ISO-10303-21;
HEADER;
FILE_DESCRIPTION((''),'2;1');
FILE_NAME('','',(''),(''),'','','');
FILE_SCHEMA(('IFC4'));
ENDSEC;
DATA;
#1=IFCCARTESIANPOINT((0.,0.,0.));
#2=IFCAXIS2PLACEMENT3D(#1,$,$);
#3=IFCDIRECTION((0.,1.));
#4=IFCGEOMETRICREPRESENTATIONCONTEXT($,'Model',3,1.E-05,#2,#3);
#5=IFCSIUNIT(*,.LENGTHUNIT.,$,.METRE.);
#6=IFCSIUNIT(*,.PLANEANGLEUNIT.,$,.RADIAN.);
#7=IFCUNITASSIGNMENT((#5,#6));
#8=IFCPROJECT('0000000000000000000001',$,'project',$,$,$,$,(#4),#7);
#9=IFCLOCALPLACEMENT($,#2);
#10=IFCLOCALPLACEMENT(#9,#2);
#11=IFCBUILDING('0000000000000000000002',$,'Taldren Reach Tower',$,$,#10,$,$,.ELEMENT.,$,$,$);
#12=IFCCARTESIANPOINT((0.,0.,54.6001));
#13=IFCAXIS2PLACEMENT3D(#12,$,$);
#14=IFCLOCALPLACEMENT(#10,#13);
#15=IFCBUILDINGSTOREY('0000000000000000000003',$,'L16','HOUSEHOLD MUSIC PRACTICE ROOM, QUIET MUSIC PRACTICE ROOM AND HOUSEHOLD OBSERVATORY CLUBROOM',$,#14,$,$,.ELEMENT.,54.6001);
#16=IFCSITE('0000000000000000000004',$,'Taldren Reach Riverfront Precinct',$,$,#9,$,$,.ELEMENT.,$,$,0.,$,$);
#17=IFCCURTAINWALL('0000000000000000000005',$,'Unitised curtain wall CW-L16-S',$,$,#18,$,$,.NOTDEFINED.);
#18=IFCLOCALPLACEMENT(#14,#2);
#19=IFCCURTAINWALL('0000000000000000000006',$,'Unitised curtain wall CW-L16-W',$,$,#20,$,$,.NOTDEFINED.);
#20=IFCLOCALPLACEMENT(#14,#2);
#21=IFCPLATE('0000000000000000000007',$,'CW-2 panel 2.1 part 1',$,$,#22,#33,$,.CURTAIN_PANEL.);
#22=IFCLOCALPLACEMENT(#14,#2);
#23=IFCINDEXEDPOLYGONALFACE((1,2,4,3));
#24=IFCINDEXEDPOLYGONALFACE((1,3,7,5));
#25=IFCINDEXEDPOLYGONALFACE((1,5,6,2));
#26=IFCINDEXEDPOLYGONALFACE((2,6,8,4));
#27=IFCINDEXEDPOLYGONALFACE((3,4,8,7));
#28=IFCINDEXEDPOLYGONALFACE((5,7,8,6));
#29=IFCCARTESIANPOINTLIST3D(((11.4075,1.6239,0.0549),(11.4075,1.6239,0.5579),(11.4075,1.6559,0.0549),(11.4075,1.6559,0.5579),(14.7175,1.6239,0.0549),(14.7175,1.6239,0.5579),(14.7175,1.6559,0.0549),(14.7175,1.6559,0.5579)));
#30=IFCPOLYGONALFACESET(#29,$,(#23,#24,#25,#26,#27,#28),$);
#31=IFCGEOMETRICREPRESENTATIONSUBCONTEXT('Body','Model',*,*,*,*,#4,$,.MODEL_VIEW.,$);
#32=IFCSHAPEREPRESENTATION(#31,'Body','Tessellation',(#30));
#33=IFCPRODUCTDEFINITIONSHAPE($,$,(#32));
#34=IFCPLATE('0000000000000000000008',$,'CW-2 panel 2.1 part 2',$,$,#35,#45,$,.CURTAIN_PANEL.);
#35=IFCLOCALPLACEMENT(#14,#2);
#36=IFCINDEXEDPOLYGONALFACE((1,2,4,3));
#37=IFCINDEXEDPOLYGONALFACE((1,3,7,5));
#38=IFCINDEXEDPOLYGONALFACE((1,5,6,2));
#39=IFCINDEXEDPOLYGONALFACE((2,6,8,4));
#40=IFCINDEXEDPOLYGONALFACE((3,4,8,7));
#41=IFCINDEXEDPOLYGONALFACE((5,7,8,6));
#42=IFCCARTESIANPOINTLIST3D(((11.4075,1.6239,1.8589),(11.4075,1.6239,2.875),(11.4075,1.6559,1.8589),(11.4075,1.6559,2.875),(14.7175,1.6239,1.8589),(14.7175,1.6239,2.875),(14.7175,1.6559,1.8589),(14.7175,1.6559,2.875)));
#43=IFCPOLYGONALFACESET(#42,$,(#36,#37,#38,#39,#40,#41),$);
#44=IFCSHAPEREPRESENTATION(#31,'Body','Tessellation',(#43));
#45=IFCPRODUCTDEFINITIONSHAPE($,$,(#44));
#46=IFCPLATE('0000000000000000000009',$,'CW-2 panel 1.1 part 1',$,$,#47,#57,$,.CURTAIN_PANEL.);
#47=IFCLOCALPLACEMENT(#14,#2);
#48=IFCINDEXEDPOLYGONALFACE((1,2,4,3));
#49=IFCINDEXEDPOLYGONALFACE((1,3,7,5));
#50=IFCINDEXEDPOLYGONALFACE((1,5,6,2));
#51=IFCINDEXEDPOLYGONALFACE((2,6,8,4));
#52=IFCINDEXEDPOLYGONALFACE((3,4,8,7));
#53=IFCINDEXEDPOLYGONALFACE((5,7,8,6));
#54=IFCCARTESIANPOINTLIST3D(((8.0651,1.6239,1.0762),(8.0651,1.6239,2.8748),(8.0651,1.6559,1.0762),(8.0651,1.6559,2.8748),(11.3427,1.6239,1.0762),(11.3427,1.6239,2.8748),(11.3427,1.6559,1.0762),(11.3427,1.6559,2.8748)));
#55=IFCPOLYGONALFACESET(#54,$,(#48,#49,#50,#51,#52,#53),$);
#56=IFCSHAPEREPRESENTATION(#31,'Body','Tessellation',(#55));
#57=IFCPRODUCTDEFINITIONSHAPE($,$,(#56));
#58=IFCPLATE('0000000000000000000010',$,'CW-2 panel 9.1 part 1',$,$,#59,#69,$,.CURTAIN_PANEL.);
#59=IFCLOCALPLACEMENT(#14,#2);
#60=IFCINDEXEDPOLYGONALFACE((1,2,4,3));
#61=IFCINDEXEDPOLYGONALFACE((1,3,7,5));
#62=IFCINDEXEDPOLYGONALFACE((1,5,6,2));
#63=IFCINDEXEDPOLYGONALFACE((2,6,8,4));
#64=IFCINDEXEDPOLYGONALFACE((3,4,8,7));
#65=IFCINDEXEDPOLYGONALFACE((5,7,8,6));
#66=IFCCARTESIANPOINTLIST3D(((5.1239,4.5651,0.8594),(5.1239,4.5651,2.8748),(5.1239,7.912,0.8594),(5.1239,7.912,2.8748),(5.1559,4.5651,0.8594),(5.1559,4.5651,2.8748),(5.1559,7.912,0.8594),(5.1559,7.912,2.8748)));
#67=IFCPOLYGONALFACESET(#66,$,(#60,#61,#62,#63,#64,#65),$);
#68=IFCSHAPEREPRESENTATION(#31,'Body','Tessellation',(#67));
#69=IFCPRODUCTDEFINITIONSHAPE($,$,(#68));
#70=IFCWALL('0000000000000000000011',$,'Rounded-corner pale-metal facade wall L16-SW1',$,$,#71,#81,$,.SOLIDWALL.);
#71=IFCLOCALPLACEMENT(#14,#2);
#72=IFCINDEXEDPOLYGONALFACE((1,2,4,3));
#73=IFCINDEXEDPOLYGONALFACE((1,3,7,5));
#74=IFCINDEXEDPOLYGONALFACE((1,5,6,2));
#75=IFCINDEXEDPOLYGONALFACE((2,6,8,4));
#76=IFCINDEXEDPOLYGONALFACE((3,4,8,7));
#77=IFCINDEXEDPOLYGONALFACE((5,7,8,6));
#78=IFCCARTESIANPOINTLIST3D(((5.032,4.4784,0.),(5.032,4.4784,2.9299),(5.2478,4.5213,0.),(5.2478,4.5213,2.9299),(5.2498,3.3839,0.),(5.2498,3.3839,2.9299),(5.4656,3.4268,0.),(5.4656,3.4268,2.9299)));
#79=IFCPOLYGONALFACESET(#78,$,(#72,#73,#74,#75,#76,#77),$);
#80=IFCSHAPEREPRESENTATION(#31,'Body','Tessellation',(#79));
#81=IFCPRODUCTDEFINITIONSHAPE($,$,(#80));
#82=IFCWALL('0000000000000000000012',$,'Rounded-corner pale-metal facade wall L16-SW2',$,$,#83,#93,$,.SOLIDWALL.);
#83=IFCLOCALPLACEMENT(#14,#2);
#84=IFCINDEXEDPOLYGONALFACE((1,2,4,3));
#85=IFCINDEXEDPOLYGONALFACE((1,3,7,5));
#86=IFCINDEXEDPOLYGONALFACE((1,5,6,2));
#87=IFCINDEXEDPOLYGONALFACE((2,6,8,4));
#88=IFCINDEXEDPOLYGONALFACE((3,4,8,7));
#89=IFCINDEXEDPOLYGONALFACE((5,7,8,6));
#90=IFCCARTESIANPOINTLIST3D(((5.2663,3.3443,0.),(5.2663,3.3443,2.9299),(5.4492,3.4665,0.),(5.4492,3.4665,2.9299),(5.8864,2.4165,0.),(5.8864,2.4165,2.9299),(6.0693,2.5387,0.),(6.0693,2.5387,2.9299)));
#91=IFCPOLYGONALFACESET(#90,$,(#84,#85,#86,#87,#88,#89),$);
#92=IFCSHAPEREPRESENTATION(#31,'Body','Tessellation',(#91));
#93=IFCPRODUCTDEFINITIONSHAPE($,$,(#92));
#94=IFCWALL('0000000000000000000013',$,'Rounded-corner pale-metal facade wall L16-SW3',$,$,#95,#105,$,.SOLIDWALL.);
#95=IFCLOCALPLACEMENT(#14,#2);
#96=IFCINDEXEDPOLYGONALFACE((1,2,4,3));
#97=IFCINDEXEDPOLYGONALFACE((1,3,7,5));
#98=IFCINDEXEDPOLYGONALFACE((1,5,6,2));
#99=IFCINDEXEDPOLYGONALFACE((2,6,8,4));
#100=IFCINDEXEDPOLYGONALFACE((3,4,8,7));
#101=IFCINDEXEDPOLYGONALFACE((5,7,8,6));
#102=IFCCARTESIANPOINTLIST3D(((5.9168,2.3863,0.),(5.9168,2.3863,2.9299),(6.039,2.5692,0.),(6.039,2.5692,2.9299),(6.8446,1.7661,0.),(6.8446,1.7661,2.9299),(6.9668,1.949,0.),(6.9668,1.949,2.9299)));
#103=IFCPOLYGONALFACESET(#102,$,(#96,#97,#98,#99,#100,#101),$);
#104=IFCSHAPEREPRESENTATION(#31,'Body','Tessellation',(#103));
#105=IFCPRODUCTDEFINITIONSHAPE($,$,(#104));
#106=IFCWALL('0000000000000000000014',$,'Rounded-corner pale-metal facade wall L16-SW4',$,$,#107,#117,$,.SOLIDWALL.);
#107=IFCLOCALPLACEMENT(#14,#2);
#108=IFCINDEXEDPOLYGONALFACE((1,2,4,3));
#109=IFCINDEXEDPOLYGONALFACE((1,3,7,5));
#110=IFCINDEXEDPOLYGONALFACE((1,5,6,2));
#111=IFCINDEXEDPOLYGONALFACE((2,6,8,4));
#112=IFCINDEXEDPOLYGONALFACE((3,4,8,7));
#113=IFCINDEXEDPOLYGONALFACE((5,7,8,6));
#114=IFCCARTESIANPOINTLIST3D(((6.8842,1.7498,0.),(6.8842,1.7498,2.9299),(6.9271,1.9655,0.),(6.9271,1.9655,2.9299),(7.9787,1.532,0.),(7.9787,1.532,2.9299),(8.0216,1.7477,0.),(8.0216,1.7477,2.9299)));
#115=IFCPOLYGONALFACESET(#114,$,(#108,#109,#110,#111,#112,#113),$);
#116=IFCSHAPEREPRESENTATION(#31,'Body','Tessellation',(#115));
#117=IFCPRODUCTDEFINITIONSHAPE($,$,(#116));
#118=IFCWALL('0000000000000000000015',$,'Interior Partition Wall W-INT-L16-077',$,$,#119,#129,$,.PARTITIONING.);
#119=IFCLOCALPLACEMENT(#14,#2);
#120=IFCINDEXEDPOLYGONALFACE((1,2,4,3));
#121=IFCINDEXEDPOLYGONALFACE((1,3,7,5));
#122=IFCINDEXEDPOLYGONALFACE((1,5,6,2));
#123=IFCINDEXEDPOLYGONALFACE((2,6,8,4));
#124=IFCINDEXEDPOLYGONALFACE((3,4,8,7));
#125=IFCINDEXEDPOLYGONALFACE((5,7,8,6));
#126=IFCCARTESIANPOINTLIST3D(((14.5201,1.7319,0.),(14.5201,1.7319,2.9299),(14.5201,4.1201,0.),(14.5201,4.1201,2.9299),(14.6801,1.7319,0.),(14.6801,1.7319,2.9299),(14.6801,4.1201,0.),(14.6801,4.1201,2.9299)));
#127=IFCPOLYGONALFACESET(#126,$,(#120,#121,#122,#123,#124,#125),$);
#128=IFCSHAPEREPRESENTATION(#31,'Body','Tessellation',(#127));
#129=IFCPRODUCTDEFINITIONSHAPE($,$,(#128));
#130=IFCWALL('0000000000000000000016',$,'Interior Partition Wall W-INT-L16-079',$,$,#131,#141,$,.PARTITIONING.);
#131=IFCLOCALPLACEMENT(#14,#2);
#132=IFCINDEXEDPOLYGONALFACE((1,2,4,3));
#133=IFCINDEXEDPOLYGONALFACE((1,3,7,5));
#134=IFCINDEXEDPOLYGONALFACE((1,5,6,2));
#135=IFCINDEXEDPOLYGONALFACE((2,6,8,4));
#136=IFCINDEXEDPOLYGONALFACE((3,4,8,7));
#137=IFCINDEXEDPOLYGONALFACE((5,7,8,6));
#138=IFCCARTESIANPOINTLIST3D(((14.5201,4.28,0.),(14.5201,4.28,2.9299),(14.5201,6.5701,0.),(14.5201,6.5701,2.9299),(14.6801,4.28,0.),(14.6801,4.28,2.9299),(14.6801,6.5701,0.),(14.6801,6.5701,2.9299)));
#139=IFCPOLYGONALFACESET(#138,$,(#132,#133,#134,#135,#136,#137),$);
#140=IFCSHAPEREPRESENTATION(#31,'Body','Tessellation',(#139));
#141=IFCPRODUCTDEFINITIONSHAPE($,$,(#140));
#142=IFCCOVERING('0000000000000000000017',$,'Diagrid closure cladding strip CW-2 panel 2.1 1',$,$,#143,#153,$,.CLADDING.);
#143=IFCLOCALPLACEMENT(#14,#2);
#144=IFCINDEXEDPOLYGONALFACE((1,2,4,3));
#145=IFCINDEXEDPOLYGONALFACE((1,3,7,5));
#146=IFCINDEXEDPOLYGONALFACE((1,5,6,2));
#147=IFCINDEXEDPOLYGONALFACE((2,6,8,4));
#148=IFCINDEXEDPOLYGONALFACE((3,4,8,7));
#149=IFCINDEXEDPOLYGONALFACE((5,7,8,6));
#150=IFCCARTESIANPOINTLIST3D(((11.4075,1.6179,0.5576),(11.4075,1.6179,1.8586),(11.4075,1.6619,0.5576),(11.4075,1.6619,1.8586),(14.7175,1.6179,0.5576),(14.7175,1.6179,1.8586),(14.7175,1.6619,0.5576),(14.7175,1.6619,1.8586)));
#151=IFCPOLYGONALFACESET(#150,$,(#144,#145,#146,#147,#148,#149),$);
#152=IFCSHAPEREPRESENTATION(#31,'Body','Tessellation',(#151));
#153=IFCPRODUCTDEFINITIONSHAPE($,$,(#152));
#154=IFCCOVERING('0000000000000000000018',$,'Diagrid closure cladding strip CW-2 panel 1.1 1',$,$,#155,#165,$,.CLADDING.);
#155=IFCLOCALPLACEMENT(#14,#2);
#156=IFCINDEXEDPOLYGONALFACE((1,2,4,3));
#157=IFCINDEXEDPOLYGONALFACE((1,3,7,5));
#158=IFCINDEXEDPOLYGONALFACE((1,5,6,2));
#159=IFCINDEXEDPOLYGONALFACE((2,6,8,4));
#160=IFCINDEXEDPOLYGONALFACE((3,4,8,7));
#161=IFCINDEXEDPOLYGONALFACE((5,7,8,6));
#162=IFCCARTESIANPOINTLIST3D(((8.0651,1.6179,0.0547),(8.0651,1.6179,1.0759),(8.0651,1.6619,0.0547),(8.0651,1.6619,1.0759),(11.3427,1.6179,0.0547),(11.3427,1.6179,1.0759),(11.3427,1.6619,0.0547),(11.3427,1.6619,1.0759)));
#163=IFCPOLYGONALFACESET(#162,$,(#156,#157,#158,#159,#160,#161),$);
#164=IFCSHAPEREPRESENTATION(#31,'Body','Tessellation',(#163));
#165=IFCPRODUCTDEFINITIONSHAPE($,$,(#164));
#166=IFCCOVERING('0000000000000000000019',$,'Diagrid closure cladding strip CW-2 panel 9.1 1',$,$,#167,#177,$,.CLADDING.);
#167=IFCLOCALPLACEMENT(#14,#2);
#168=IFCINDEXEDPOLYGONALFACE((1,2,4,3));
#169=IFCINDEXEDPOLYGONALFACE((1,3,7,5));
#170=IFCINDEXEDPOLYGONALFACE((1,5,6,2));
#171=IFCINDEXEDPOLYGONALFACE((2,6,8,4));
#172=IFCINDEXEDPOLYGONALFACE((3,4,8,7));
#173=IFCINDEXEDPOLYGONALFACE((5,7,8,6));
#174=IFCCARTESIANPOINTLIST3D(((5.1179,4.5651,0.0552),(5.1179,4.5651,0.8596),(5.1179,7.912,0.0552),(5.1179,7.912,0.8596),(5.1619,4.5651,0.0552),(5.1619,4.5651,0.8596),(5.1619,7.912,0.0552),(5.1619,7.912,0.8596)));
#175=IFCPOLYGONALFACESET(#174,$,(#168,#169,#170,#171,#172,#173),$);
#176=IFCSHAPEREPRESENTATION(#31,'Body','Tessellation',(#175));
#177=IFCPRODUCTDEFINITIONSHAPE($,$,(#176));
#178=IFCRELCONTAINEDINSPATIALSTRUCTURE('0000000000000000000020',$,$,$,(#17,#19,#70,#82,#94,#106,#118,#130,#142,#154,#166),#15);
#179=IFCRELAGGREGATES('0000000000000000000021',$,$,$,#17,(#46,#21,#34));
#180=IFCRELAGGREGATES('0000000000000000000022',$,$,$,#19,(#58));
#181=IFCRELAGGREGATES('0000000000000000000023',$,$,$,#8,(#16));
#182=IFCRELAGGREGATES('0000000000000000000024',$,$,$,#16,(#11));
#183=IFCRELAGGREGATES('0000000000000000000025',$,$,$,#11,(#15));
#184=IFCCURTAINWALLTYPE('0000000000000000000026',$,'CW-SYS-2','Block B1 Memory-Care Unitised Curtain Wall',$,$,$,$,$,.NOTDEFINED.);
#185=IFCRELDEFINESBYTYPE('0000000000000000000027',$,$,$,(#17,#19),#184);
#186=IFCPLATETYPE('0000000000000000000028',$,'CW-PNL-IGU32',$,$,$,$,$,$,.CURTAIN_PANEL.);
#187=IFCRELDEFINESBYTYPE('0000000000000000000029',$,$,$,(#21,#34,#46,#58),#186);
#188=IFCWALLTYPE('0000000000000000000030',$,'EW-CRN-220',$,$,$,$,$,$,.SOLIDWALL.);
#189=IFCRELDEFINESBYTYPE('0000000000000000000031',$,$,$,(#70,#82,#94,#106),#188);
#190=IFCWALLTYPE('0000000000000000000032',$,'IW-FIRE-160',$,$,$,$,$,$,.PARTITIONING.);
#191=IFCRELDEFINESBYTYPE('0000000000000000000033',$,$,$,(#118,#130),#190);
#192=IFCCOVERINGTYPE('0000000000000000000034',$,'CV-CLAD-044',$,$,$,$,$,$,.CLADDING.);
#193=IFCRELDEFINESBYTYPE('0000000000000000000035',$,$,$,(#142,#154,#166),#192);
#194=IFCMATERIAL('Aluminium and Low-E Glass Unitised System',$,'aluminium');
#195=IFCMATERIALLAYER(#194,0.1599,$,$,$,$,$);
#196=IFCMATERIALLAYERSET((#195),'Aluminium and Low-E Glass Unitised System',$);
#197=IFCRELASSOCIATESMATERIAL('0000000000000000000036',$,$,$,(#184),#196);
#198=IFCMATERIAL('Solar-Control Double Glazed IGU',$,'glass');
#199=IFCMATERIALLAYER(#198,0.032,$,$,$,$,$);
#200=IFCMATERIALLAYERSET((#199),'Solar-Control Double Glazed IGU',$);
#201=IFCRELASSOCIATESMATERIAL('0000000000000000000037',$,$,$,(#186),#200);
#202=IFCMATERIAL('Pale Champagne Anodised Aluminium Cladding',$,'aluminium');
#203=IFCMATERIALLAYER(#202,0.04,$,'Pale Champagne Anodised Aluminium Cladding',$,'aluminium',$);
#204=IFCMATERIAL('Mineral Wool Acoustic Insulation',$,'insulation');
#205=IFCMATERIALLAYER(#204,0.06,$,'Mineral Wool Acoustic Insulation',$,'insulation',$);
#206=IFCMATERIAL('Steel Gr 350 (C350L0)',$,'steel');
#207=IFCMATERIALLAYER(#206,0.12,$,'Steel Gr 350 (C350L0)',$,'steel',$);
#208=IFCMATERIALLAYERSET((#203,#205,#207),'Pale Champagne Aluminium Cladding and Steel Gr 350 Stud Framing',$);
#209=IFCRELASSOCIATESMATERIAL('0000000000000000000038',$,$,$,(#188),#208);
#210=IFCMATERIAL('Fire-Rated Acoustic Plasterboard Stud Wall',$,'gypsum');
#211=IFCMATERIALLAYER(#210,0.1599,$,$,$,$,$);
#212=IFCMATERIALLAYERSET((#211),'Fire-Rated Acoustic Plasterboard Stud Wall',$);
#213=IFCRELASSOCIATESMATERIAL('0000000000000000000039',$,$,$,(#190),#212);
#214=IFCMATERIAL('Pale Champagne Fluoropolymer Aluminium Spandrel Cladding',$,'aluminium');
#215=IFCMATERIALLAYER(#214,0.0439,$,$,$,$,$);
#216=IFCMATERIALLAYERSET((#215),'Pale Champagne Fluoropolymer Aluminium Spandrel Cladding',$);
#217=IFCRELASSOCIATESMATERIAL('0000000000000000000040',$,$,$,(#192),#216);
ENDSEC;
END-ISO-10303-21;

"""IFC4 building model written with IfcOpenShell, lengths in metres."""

from ifc_helpers import new_model, si_unit, direction, frame, frame_2d, origin, origin_2d, place, context, subcontext, project, spatial, rectangle, extrude, source, transform, mapped, material, layer, layer_set, type_object, element, aggregate, save


model = new_model("IFC4")

# Units and contexts
model_context = context("Model", 3, precision=1e-05, world=origin(), true_north=direction((0.0, 1.0)))
body_context = subcontext(model_context, "Body", "Model", "MODEL_VIEW")
ifc_project = project(units=[si_unit("LENGTHUNIT", "METRE"), si_unit("PLANEANGLEUNIT", "RADIAN")], contexts=[model_context])

# Site, building, storey
site_placement = place(None, origin())
site = spatial("IfcSite", under=ifc_project, at=site_placement, Name="Taldren Reach Riverfront Precinct", CompositionType="ELEMENT", RefElevation=0.0)
building_placement = place(site_placement, origin())
building = spatial("IfcBuilding", under=site, at=building_placement, Name="Taldren Reach Tower", CompositionType="ELEMENT")
storey_placement = place(building_placement, frame((0.0, 0.0, 54.6001)))
storey = spatial("IfcBuildingStorey", under=building, at=storey_placement, Name="L16", Description="HOUSEHOLD MUSIC PRACTICE ROOM, QUIET MUSIC PRACTICE ROOM AND HOUSEHOLD OBSERVATORY CLUBROOM", CompositionType="ELEMENT", Elevation=54.6001)

# Shared definitions
ifc_material_1 = material(Name="Steel Gr 350 (C350L0)", Category="steel")

# Curtain wall
ifc_material_2 = material(Name="Aluminium and Low-E Glass Unitised System", Category="aluminium")
ifc_layer_1 = layer(ifc_material_2, 0.1599)
ifc_layer_set_1 = layer_set([ifc_layer_1], Name="Aluminium and Low-E Glass Unitised System")
curtain_wall_type = type_object("IfcCurtainWallType", Name="CW-SYS-2", Description="Block B1 Memory-Care Unitised Curtain Wall", PredefinedType="NOTDEFINED", material=ifc_layer_set_1)
curtain_wall_1_placement = place(storey_placement, origin())
curtain_wall_1 = element("IfcCurtainWall", 1, at=curtain_wall_1_placement, inside=storey, type_object=curtain_wall_type, Name="Unitised curtain wall CW-L16-S", PredefinedType="NOTDEFINED")

# Curtain wall
curtain_wall_2_placement = place(storey_placement, origin())
curtain_wall_2 = element("IfcCurtainWall", 2, at=curtain_wall_2_placement, inside=storey, type_object=curtain_wall_type, Name="Unitised curtain wall CW-L16-W", PredefinedType="NOTDEFINED")

# Plates
ifc_material_3 = material(Name="Solar-Control Double Glazed IGU", Category="glass")
ifc_layer_2 = layer(ifc_material_3, 0.032)
ifc_layer_set_2 = layer_set([ifc_layer_2], Name="Solar-Control Double Glazed IGU")
plate_type_1 = type_object("IfcPlateType", Name="CW-PNL-IGU32", PredefinedType="CURTAIN_PANEL", material=ifc_layer_set_2)
shared_shape_1 = source(origin(), body_context, "Body", "SweptSolid", [
    extrude(rectangle(XDim=3.3101, YDim=0.032, at=origin_2d()), origin(), (0.0, 0.0, 1.0), 0.5029),
])
plate_1_placement = place(storey_placement, frame((13.0625, 1.6399, 0.0549), z_axis=(0.0, 0.0, 1.0), x_axis=(1.0, 0.0, 0.0)))
plate_1 = element("IfcPlate", 3, at=plate_1_placement, type_object=plate_type_1, Name="CW-2 panel 2.1 part 1", PredefinedType="CURTAIN_PANEL", context=body_context, shape_type="MappedRepresentation", body=[
    mapped(shared_shape_1, transform((0.0, 0.0, 0.0), scale=1.0)),
])
shared_shape_2 = source(origin(), body_context, "Body", "SweptSolid", [
    extrude(rectangle(XDim=3.3101, YDim=0.032, at=origin_2d()), origin(), (0.0, 0.0, 1.0), 1.0161),
])
plate_2_placement = place(storey_placement, frame((13.0625, 1.6399, 1.8589), z_axis=(0.0, 0.0, 1.0), x_axis=(1.0, 0.0, 0.0)))
plate_2 = element("IfcPlate", 4, at=plate_2_placement, type_object=plate_type_1, Name="CW-2 panel 2.1 part 2", PredefinedType="CURTAIN_PANEL", context=body_context, shape_type="MappedRepresentation", body=[
    mapped(shared_shape_2, transform((0.0, 0.0, 0.0), scale=1.0)),
])
shared_shape_3 = source(origin(), body_context, "Body", "SweptSolid", [
    extrude(rectangle(XDim=3.2776, YDim=0.032, at=origin_2d()), origin(), (0.0, 0.0, 1.0), 1.7986),
])
plate_3_placement = place(storey_placement, frame((9.7039, 1.6399, 1.0762), z_axis=(0.0, 0.0, 1.0), x_axis=(1.0, 0.0, 0.0)))
plate_3 = element("IfcPlate", 5, at=plate_3_placement, type_object=plate_type_1, Name="CW-2 panel 1.1 part 1", PredefinedType="CURTAIN_PANEL", context=body_context, shape_type="MappedRepresentation", body=[
    mapped(shared_shape_3, transform((0.0, 0.0, 0.0), scale=1.0)),
])
aggregate(curtain_wall_1, [plate_3, plate_1, plate_2])
shared_shape_4 = source(origin(), body_context, "Body", "SweptSolid", [
    extrude(rectangle(XDim=3.3469, YDim=0.032, at=origin_2d()), origin(), (0.0, 0.0, 1.0), 2.0154),
])
plate_4_placement = place(storey_placement, frame((5.1399, 6.2385, 0.8594), z_axis=(0.0, 0.0, 1.0), x_axis=(0.0, -1.0, 0.0)))
plate_4 = element("IfcPlate", 6, at=plate_4_placement, type_object=plate_type_1, Name="CW-2 panel 9.1 part 1", PredefinedType="CURTAIN_PANEL", context=body_context, shape_type="MappedRepresentation", body=[
    mapped(shared_shape_4, transform((0.0, 0.0, 0.0), scale=1.0)),
])
aggregate(curtain_wall_2, [plate_4])

# Walls
ifc_material_4 = material(Name="Pale Champagne Anodised Aluminium Cladding", Category="aluminium")
ifc_layer_3 = layer(ifc_material_4, 0.04, Name="Pale Champagne Anodised Aluminium Cladding", Category="aluminium")
ifc_material_5 = material(Name="Mineral Wool Acoustic Insulation", Category="insulation")
ifc_layer_4 = layer(ifc_material_5, 0.06, Name="Mineral Wool Acoustic Insulation", Category="insulation")
ifc_layer_5 = layer(ifc_material_1, 0.12, Name="Steel Gr 350 (C350L0)", Category="steel")
ifc_layer_set_3 = layer_set([ifc_layer_3, ifc_layer_4, ifc_layer_5], Name="Pale Champagne Aluminium Cladding and Steel Gr 350 Stud Framing")
wall_type_1 = type_object("IfcWallType", Name="EW-CRN-220", PredefinedType="SOLIDWALL", material=ifc_layer_set_3)
shared_shape_5 = source(origin(), body_context, "Body", "SweptSolid", [
    extrude(rectangle(XDim=1.116, YDim=0.22, at=frame_2d((0.5581, 0.0))), origin(), (0.0, 0.0, 1.0), 2.9299),
])
for number, where, z_axis, x_axis, name in (
    (7, (5.1399, 4.5, 0.0), (0.0, 0.0, 1.0), (0.195148, -0.980774, 0.0), "Rounded-corner pale-metal facade wall L16-SW1"),
    (8, (5.3577, 3.4055, 0.0), (0.0, 0.0, 1.0), (0.55571, -0.831377, 0.0), "Rounded-corner pale-metal facade wall L16-SW2"),
    (9, (5.9778, 2.4778, 0.0), (0.0, 0.0, 1.0), (0.831377, -0.55571, 0.0), "Rounded-corner pale-metal facade wall L16-SW3"),
    (10, (6.9055, 1.8577, 0.0), (0.0, 0.0, 1.0), (0.980774, -0.195148, 0.0), "Rounded-corner pale-metal facade wall L16-SW4"),
):
    element("IfcWall", number, at=place(storey_placement, frame(where, z_axis=z_axis, x_axis=x_axis)), inside=storey, type_object=wall_type_1, Name=name, PredefinedType="SOLIDWALL", context=body_context, shape_type="MappedRepresentation", body=[
        mapped(shared_shape_5, transform((0.0, 0.0, 0.0), scale=1.0)),
    ])
ifc_material_6 = material(Name="Fire-Rated Acoustic Plasterboard Stud Wall", Category="gypsum")
ifc_layer_6 = layer(ifc_material_6, 0.1599)
ifc_layer_set_4 = layer_set([ifc_layer_6], Name="Fire-Rated Acoustic Plasterboard Stud Wall")
wall_type_2 = type_object("IfcWallType", Name="IW-FIRE-160", PredefinedType="PARTITIONING", material=ifc_layer_set_4)
shared_shape_6 = source(origin(), body_context, "Body", "SweptSolid", [
    extrude(rectangle(XDim=2.3882, YDim=0.1599, at=frame_2d((1.1941, 0.0))), origin(), (0.0, 0.0, 1.0), 2.9299),
])
wall_1_placement = place(storey_placement, frame((14.6001, 1.7319, 0.0), z_axis=(0.0, 0.0, 1.0), x_axis=(0.0, 1.0, 0.0)))
element("IfcWall", 11, at=wall_1_placement, inside=storey, type_object=wall_type_2, Name="Interior Partition Wall W-INT-L16-077", PredefinedType="PARTITIONING", context=body_context, shape_type="MappedRepresentation", body=[
    mapped(shared_shape_6, transform((0.0, 0.0, 0.0), scale=1.0)),
])
shared_shape_7 = source(origin(), body_context, "Body", "SweptSolid", [
    extrude(rectangle(XDim=2.29, YDim=0.1599, at=frame_2d((1.145, 0.0))), origin(), (0.0, 0.0, 1.0), 2.9299),
])
wall_2_placement = place(storey_placement, frame((14.6001, 4.28, 0.0), z_axis=(0.0, 0.0, 1.0), x_axis=(0.0, 1.0, 0.0)))
element("IfcWall", 12, at=wall_2_placement, inside=storey, type_object=wall_type_2, Name="Interior Partition Wall W-INT-L16-079", PredefinedType="PARTITIONING", context=body_context, shape_type="MappedRepresentation", body=[
    mapped(shared_shape_7, transform((0.0, 0.0, 0.0), scale=1.0)),
])

# Coverings
ifc_material_7 = material(Name="Pale Champagne Fluoropolymer Aluminium Spandrel Cladding", Category="aluminium")
ifc_layer_7 = layer(ifc_material_7, 0.0439)
ifc_layer_set_5 = layer_set([ifc_layer_7], Name="Pale Champagne Fluoropolymer Aluminium Spandrel Cladding")
covering_type = type_object("IfcCoveringType", Name="CV-CLAD-044", PredefinedType="CLADDING", material=ifc_layer_set_5)
shared_shape_8 = source(origin(), body_context, "Body", "SweptSolid", [
    extrude(rectangle(XDim=3.3101, YDim=0.0439, at=origin_2d()), origin(), (0.0, 0.0, 1.0), 1.301),
])
covering_1_placement = place(storey_placement, frame((13.0625, 1.6399, 0.5576), z_axis=(0.0, 0.0, 1.0), x_axis=(1.0, 0.0, 0.0)))
element("IfcCovering", 13, at=covering_1_placement, inside=storey, type_object=covering_type, Name="Diagrid closure cladding strip CW-2 panel 2.1 1", PredefinedType="CLADDING", context=body_context, shape_type="MappedRepresentation", body=[
    mapped(shared_shape_8, transform((0.0, 0.0, 0.0), scale=1.0)),
])
shared_shape_9 = source(origin(), body_context, "Body", "SweptSolid", [
    extrude(rectangle(XDim=3.2776, YDim=0.0439, at=origin_2d()), origin(), (0.0, 0.0, 1.0), 1.0212),
])
covering_2_placement = place(storey_placement, frame((9.7039, 1.6399, 0.0547), z_axis=(0.0, 0.0, 1.0), x_axis=(1.0, 0.0, 0.0)))
element("IfcCovering", 14, at=covering_2_placement, inside=storey, type_object=covering_type, Name="Diagrid closure cladding strip CW-2 panel 1.1 1", PredefinedType="CLADDING", context=body_context, shape_type="MappedRepresentation", body=[
    mapped(shared_shape_9, transform((0.0, 0.0, 0.0), scale=1.0)),
])
shared_shape_10 = source(origin(), body_context, "Body", "SweptSolid", [
    extrude(rectangle(XDim=3.3469, YDim=0.0439, at=origin_2d()), origin(), (0.0, 0.0, 1.0), 0.8044),
])
covering_3_placement = place(storey_placement, frame((5.1399, 6.2385, 0.0552), z_axis=(0.0, 0.0, 1.0), x_axis=(0.0, -1.0, 0.0)))
element("IfcCovering", 15, at=covering_3_placement, inside=storey, type_object=covering_type, Name="Diagrid closure cladding strip CW-2 panel 9.1 1", PredefinedType="CLADDING", context=body_context, shape_type="MappedRepresentation", body=[
    mapped(shared_shape_10, transform((0.0, 0.0, 0.0), scale=1.0)),
])

save(model, "model.ifc")
